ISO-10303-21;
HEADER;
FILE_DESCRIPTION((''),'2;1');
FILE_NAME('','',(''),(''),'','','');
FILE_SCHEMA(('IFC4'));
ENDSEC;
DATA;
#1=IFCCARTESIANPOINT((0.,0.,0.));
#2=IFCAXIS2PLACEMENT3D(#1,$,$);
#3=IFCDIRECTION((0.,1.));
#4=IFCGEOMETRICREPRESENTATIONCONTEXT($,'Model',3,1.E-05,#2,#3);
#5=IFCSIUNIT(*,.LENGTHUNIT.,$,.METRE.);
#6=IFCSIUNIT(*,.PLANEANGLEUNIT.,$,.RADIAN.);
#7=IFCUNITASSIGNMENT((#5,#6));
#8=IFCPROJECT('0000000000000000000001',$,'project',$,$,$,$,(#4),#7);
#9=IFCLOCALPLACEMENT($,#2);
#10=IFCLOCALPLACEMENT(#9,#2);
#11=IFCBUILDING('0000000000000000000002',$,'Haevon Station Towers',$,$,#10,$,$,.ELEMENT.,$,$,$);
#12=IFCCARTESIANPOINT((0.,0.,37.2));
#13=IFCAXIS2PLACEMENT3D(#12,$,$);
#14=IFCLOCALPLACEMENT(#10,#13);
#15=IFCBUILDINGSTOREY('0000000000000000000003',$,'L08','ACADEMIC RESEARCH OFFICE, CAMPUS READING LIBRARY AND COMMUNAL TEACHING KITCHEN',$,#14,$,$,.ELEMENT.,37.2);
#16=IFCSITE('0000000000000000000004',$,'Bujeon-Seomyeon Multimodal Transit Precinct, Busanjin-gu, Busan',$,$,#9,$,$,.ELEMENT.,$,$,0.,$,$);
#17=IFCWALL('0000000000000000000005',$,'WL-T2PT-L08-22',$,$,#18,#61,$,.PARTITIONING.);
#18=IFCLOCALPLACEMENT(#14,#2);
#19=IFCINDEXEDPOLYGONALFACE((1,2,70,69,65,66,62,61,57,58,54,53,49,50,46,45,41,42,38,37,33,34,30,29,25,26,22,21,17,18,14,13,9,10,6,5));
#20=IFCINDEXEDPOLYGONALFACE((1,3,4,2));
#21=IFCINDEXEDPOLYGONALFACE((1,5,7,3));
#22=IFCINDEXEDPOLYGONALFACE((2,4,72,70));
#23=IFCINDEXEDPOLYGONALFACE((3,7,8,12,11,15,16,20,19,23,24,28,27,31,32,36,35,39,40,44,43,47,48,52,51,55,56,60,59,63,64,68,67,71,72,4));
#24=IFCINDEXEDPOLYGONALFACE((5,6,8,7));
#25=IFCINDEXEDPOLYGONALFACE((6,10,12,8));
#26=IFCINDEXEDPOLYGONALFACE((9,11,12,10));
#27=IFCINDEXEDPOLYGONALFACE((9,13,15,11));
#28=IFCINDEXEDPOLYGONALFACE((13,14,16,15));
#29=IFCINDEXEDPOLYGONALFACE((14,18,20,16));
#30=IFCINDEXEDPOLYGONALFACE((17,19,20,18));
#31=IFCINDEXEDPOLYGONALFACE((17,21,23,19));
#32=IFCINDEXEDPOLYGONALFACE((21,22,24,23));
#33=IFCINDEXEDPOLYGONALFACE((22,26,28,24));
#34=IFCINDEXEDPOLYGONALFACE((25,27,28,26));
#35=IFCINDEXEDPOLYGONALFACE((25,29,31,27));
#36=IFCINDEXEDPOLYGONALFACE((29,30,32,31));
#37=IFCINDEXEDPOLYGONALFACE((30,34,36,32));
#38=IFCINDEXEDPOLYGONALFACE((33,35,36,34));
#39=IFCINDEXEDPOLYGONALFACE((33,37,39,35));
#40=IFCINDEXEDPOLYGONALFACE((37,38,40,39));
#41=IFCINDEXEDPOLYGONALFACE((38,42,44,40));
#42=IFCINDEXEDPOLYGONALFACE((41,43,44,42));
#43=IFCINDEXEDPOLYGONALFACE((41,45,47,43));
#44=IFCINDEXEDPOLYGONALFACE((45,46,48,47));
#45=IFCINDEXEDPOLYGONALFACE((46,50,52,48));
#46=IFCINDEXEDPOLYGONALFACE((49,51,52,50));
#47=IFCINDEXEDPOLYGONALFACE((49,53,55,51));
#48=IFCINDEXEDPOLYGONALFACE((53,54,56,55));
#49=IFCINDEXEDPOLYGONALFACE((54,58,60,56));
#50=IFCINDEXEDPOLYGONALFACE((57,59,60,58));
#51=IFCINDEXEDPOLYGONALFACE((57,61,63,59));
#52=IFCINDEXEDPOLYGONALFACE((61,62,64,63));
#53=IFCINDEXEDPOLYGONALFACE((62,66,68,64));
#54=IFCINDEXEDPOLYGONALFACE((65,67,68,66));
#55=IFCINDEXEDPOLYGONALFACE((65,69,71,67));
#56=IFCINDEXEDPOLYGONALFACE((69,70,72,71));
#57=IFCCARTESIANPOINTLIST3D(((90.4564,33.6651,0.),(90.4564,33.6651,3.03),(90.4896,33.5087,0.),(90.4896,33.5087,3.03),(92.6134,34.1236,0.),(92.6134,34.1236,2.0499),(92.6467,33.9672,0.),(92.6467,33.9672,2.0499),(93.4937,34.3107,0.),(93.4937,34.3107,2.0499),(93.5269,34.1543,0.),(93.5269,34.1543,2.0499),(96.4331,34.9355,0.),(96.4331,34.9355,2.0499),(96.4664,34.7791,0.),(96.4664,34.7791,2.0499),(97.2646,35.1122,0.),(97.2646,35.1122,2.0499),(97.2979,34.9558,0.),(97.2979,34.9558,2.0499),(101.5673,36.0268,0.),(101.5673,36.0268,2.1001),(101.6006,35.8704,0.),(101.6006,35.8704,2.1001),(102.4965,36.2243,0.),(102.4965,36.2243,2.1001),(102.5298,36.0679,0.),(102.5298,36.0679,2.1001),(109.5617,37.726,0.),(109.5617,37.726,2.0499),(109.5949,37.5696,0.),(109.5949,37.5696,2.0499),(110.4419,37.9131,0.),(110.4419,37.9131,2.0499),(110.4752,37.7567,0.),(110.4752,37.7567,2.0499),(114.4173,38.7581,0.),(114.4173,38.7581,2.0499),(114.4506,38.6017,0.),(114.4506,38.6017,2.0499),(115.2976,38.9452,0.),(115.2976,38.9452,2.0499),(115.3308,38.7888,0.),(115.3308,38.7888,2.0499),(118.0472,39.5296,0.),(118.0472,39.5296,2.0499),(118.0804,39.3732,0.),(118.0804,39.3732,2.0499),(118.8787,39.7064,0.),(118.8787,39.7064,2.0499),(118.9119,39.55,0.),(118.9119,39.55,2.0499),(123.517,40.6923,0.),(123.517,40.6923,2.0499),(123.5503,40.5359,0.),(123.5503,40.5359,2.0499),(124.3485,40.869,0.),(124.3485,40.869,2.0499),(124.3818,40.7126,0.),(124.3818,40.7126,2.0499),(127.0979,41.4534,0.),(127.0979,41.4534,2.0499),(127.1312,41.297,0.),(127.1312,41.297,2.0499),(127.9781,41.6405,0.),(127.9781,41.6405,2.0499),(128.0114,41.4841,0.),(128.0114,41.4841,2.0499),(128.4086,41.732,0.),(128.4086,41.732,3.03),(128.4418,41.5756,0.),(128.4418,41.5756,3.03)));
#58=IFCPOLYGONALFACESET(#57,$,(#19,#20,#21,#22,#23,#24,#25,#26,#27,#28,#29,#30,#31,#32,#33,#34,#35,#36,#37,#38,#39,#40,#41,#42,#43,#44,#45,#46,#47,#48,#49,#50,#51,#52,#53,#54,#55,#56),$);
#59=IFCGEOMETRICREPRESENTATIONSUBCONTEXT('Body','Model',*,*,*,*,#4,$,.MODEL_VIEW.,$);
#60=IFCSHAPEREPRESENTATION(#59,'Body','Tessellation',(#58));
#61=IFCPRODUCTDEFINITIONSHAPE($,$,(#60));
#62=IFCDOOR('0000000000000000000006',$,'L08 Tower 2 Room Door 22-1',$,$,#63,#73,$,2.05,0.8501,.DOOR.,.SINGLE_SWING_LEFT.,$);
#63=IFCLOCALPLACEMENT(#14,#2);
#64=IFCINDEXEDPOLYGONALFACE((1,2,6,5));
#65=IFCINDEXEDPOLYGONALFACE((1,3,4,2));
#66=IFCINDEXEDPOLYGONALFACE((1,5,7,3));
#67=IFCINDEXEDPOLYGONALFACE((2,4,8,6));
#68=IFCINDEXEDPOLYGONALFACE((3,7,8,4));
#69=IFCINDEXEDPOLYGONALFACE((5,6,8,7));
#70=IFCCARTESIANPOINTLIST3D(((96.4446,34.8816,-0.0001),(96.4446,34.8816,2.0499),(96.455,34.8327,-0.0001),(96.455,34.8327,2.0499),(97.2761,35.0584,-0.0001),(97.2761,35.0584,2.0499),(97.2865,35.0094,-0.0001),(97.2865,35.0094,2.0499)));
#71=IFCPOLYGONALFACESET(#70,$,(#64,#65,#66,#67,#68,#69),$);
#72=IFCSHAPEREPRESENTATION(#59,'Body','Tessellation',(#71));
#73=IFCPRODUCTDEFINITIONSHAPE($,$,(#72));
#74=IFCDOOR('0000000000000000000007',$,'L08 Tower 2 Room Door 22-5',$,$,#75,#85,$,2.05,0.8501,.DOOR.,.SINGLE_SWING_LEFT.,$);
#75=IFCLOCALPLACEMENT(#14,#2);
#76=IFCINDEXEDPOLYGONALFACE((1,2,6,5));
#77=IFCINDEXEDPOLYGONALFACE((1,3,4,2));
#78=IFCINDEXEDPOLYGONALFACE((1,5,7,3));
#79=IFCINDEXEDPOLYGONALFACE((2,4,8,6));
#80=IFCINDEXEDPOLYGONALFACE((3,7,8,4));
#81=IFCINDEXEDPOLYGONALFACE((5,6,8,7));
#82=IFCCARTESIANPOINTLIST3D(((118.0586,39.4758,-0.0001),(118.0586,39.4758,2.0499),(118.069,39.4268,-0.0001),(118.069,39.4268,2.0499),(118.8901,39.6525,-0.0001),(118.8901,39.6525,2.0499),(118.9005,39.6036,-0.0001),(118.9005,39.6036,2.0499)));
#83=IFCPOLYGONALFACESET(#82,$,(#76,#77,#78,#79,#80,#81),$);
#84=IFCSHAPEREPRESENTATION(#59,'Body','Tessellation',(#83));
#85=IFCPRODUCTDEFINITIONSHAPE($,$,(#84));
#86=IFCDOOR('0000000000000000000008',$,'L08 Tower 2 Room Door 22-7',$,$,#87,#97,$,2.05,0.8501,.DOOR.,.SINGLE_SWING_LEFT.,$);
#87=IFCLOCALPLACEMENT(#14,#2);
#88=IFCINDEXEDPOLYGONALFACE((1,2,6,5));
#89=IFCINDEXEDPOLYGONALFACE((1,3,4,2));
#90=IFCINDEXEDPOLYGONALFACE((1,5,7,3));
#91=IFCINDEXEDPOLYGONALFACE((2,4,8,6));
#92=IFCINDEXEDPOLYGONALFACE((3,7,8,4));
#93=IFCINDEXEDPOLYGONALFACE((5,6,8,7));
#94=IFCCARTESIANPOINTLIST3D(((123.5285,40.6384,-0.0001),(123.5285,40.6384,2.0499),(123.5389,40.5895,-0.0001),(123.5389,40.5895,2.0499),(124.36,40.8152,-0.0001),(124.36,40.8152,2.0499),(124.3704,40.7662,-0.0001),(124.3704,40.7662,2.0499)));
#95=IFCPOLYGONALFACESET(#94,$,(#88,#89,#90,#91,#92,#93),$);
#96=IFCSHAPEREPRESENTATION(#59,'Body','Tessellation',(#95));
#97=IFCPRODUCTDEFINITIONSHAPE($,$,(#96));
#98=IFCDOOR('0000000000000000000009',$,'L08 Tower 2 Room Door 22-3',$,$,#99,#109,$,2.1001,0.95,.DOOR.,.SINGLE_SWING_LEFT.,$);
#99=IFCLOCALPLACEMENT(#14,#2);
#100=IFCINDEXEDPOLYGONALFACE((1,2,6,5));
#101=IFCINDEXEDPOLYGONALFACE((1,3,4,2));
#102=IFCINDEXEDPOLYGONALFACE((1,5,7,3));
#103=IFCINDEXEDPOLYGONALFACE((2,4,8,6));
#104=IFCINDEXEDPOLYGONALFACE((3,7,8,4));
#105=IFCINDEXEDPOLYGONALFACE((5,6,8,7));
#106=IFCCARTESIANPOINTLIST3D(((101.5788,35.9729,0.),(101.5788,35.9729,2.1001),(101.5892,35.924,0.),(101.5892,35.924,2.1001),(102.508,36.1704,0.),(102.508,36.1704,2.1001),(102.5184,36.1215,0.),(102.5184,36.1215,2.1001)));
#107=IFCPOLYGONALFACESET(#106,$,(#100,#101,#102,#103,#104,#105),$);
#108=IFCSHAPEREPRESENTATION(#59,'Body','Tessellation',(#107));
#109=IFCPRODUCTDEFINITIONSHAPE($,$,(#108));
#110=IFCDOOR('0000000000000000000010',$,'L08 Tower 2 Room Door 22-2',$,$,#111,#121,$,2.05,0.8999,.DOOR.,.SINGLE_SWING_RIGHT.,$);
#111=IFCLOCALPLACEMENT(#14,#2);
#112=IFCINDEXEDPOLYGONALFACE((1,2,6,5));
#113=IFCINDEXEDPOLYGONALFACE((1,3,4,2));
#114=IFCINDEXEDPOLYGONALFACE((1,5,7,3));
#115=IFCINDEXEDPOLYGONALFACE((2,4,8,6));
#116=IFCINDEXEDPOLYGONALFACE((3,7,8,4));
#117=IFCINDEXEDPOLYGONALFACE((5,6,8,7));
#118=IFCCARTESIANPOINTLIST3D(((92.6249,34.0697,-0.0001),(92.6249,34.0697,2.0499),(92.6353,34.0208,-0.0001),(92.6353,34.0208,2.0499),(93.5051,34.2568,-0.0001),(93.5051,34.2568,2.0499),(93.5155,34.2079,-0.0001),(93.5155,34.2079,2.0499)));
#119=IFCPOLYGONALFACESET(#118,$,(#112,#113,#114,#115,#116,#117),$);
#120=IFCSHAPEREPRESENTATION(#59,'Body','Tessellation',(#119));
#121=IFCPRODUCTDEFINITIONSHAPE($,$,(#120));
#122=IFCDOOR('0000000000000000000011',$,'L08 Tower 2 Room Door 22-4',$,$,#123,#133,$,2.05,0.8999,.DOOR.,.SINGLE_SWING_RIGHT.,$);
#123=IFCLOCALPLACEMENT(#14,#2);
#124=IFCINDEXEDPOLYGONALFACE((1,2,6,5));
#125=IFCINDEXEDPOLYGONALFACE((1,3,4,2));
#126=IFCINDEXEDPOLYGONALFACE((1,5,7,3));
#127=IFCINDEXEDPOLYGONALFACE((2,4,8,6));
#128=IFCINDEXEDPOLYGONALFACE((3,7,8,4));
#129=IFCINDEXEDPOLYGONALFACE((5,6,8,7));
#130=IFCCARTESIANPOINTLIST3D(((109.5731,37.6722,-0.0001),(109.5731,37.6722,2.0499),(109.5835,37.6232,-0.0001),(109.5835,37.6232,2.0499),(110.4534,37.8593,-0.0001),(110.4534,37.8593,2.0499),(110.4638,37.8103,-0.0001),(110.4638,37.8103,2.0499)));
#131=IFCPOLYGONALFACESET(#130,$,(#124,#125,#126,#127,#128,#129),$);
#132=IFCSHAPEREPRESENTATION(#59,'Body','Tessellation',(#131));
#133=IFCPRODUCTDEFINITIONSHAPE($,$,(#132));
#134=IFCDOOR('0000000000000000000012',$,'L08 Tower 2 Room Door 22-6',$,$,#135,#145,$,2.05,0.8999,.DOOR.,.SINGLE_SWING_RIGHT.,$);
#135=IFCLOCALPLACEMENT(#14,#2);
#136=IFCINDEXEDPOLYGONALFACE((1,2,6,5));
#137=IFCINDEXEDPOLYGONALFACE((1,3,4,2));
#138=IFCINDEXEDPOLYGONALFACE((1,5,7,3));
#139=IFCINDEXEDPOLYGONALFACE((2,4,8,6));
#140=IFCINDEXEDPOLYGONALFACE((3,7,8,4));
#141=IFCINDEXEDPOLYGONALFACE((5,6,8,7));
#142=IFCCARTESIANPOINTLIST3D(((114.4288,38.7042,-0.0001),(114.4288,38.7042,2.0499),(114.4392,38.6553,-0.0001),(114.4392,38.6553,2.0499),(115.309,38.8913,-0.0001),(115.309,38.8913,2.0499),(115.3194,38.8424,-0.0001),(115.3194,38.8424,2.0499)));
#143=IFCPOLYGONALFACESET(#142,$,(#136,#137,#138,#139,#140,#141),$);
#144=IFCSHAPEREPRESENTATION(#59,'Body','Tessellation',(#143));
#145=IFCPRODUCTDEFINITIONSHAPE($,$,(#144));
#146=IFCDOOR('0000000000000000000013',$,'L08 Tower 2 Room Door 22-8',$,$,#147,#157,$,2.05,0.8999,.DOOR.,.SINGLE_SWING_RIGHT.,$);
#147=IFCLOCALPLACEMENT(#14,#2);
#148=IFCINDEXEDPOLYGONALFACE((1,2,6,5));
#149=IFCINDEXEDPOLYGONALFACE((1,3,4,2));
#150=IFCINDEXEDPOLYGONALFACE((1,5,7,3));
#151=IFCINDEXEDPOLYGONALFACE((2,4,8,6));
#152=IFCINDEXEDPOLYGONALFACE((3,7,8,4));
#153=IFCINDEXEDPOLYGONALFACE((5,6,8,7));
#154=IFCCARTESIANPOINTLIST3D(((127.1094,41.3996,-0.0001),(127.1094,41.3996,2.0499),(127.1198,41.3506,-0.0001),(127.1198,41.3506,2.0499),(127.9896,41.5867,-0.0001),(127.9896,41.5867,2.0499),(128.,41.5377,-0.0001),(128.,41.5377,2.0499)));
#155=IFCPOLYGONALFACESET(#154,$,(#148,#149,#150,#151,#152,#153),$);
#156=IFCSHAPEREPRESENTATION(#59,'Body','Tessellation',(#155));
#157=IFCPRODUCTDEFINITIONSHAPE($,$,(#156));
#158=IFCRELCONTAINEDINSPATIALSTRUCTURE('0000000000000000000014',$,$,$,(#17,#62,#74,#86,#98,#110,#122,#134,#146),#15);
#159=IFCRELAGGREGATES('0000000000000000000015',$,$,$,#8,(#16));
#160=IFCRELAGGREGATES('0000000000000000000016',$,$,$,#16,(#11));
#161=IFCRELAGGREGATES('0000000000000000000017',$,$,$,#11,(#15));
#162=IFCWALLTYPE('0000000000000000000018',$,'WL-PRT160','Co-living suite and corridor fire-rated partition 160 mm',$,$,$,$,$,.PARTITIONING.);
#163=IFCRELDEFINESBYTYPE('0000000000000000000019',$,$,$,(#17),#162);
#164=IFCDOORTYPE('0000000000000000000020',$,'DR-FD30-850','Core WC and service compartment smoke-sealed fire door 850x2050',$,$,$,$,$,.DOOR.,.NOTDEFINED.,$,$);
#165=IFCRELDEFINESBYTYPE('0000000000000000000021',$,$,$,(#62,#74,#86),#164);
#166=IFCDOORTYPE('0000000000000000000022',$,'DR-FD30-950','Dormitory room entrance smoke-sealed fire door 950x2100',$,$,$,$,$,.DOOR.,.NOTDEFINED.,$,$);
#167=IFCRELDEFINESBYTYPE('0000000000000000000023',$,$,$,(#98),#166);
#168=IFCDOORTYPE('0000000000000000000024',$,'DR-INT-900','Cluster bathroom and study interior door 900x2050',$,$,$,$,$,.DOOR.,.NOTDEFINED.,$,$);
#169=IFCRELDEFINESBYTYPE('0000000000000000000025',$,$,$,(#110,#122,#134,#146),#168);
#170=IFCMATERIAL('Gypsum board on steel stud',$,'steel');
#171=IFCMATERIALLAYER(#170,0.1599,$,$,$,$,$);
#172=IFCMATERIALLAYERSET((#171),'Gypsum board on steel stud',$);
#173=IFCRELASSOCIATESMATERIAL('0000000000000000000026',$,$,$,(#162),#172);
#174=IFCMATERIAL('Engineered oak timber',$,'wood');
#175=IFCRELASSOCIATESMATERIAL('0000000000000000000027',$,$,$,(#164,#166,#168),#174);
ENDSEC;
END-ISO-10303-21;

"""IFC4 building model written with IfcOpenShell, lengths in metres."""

from ifc_helpers import new_model, si_unit, direction, frame, frame_2d, origin, place, context, subcontext, project, spatial, rectangle, extrude, material, layer, layer_set, type_object, element, fill, save


model = new_model("IFC4")

# Units and contexts
model_context = context("Model", 3, precision=1e-05, world=origin(), true_north=direction((0.0, 1.0)))
body_context = subcontext(model_context, "Body", "Model", "MODEL_VIEW")
ifc_project = project(units=[si_unit("LENGTHUNIT", "METRE"), si_unit("PLANEANGLEUNIT", "RADIAN")], contexts=[model_context])

# Site, building, storey
site_placement = place(None, origin())
site = spatial("IfcSite", under=ifc_project, at=site_placement, Name="Bujeon-Seomyeon Multimodal Transit Precinct, Busanjin-gu, Busan", CompositionType="ELEMENT", RefElevation=0.0)
building_placement = place(site_placement, origin())
building = spatial("IfcBuilding", under=site, at=building_placement, Name="Haevon Station Towers", CompositionType="ELEMENT")
storey_placement = place(building_placement, frame((0.0, 0.0, 37.2)))
storey = spatial("IfcBuildingStorey", under=building, at=storey_placement, Name="L08", Description="ACADEMIC RESEARCH OFFICE, CAMPUS READING LIBRARY AND COMMUNAL TEACHING KITCHEN", CompositionType="ELEMENT", Elevation=37.2)

# Shared definitions
ifc_material_1 = material(Name="Gypsum board on steel stud", Category="steel")
ifc_layer_1 = layer(ifc_material_1, 0.1599)
ifc_layer_set_1 = layer_set([ifc_layer_1], Name="Gypsum board on steel stud")
wall_type_1 = type_object("IfcWallType", Name="WL-PRT160", Description="Co-living suite and corridor fire-rated partition 160 mm", PredefinedType="PARTITIONING", material=ifc_layer_set_1)

# Wall, openings, doors
wall_1_placement = place(storey_placement, frame((90.4731, 33.5869, 0.0), z_axis=(0.0, 0.0, 1.0), x_axis=(0.978148, 0.20791, 0.0)))
wall_1 = element("IfcWall", 1, at=wall_1_placement, inside=storey, type_object=wall_type_1, Name="WL-T2PT-L08-22", PredefinedType="PARTITIONING", context=body_context, shape_type="SweptSolid", body=[
    extrude(rectangle(XDim=38.8, YDim=0.1599, at=frame_2d((19.3999, 0.0))), origin(), (0.0, 0.0, 1.0), 3.03),
])
opening_1_placement = place(wall_1_placement, frame((6.1101, 0.0, 0.0)))
opening_1 = element("IfcOpeningElement", 2, at=opening_1_placement, cuts=wall_1, PredefinedType="OPENING", context=body_context, shape_type="SweptSolid", body=[
    extrude(rectangle(XDim=0.8501, YDim=2.05, at=frame_2d((0.425, 1.0249))), frame((0.0, 0.0898, 0.0), z_axis=(0.0, -1.0, 0.0), x_axis=(1.0, 0.0, 0.0)), (0.0, 0.0, 1.0), 0.1799),
])
opening_2_placement = place(wall_1_placement, frame((2.2051, 0.0, 0.0)))
opening_2 = element("IfcOpeningElement", 3, at=opening_2_placement, cuts=wall_1, PredefinedType="OPENING", context=body_context, shape_type="SweptSolid", body=[
    extrude(rectangle(XDim=0.8999, YDim=2.05, at=frame_2d((0.45, 1.0249))), frame((0.0, 0.0898, 0.0), z_axis=(0.0, -1.0, 0.0), x_axis=(1.0, 0.0, 0.0)), (0.0, 0.0, 1.0), 0.1799),
])
opening_3_placement = place(wall_1_placement, frame((11.3589, 0.0, 0.0)))
opening_3 = element("IfcOpeningElement", 4, at=opening_3_placement, cuts=wall_1, PredefinedType="OPENING", context=body_context, shape_type="SweptSolid", body=[
    extrude(rectangle(XDim=0.95, YDim=2.1001, at=frame_2d((0.4751, 1.05))), frame((0.0, 0.0898, 0.0), z_axis=(0.0, -1.0, 0.0), x_axis=(1.0, 0.0, 0.0)), (0.0, 0.0, 1.0), 0.1799),
])
opening_4_placement = place(wall_1_placement, frame((19.532, 0.0, 0.0)))
opening_4 = element("IfcOpeningElement", 5, at=opening_4_placement, cuts=wall_1, PredefinedType="OPENING", context=body_context, shape_type="SweptSolid", body=[
    extrude(rectangle(XDim=0.8999, YDim=2.05, at=frame_2d((0.45, 1.0249))), frame((0.0, 0.0898, 0.0), z_axis=(0.0, -1.0, 0.0), x_axis=(1.0, 0.0, 0.0)), (0.0, 0.0, 1.0), 0.1799),
])
opening_5_placement = place(wall_1_placement, frame((28.207, 0.0, 0.0)))
opening_5 = element("IfcOpeningElement", 6, at=opening_5_placement, cuts=wall_1, PredefinedType="OPENING", context=body_context, shape_type="SweptSolid", body=[
    extrude(rectangle(XDim=0.8501, YDim=2.05, at=frame_2d((0.425, 1.0249))), frame((0.0, 0.0898, 0.0), z_axis=(0.0, -1.0, 0.0), x_axis=(1.0, 0.0, 0.0)), (0.0, 0.0, 1.0), 0.1799),
])
opening_6_placement = place(wall_1_placement, frame((24.4961, 0.0, 0.0)))
opening_6 = element("IfcOpeningElement", 7, at=opening_6_placement, cuts=wall_1, PredefinedType="OPENING", context=body_context, shape_type="SweptSolid", body=[
    extrude(rectangle(XDim=0.8999, YDim=2.05, at=frame_2d((0.45, 1.0249))), frame((0.0, 0.0898, 0.0), z_axis=(0.0, -1.0, 0.0), x_axis=(1.0, 0.0, 0.0)), (0.0, 0.0, 1.0), 0.1799),
])
opening_7_placement = place(wall_1_placement, frame((33.7991, 0.0, 0.0)))
opening_7 = element("IfcOpeningElement", 8, at=opening_7_placement, cuts=wall_1, PredefinedType="OPENING", context=body_context, shape_type="SweptSolid", body=[
    extrude(rectangle(XDim=0.8501, YDim=2.05, at=frame_2d((0.425, 1.0249))), frame((0.0, 0.0898, 0.0), z_axis=(0.0, -1.0, 0.0), x_axis=(1.0, 0.0, 0.0)), (0.0, 0.0, 1.0), 0.1799),
])
opening_8_placement = place(wall_1_placement, frame((37.46, 0.0, 0.0)))
opening_8 = element("IfcOpeningElement", 9, at=opening_8_placement, cuts=wall_1, PredefinedType="OPENING", context=body_context, shape_type="SweptSolid", body=[
    extrude(rectangle(XDim=0.8999, YDim=2.05, at=frame_2d((0.45, 1.0249))), frame((0.0, 0.0898, 0.0), z_axis=(0.0, -1.0, 0.0), x_axis=(1.0, 0.0, 0.0)), (0.0, 0.0, 1.0), 0.1799),
])
ifc_material_2 = material(Name="Engineered oak timber", Category="wood")
door_type_1 = type_object("IfcDoorType", Name="DR-FD30-850", Description="Core WC and service compartment smoke-sealed fire door 850x2050", OperationType="NOTDEFINED", PredefinedType="DOOR", material=ifc_material_2)
door_1_placement = place(opening_1_placement, origin())
door_1 = element("IfcDoor", 10, at=door_1_placement, inside=storey, type_object=door_type_1, Name="L08 Tower 2 Room Door 22-1", OperationType="SINGLE_SWING_LEFT", OverallHeight=2.05, OverallWidth=0.8501, PredefinedType="DOOR", context=body_context, shape_type="SweptSolid", body=[
    extrude(rectangle(XDim=0.8501, YDim=2.05, at=frame_2d((0.425, 1.0249))), frame((0.0, 0.0249, 0.0), z_axis=(0.0, -1.0, 0.0), x_axis=(1.0, 0.0, 0.0)), (0.0, 0.0, 1.0), 0.05),
])
fill(opening_1, door_1)
door_2_placement = place(opening_5_placement, origin())
door_2 = element("IfcDoor", 11, at=door_2_placement, inside=storey, type_object=door_type_1, Name="L08 Tower 2 Room Door 22-5", OperationType="SINGLE_SWING_LEFT", OverallHeight=2.05, OverallWidth=0.8501, PredefinedType="DOOR", context=body_context, shape_type="SweptSolid", body=[
    extrude(rectangle(XDim=0.8501, YDim=2.05, at=frame_2d((0.425, 1.0249))), frame((0.0, 0.0249, 0.0), z_axis=(0.0, -1.0, 0.0), x_axis=(1.0, 0.0, 0.0)), (0.0, 0.0, 1.0), 0.05),
])
fill(opening_5, door_2)
door_3_placement = place(opening_7_placement, origin())
door_3 = element("IfcDoor", 12, at=door_3_placement, inside=storey, type_object=door_type_1, Name="L08 Tower 2 Room Door 22-7", OperationType="SINGLE_SWING_LEFT", OverallHeight=2.05, OverallWidth=0.8501, PredefinedType="DOOR", context=body_context, shape_type="SweptSolid", body=[
    extrude(rectangle(XDim=0.8501, YDim=2.05, at=frame_2d((0.425, 1.0249))), frame((0.0, 0.0249, 0.0), z_axis=(0.0, -1.0, 0.0), x_axis=(1.0, 0.0, 0.0)), (0.0, 0.0, 1.0), 0.05),
])
fill(opening_7, door_3)
door_type_2 = type_object("IfcDoorType", Name="DR-FD30-950", Description="Dormitory room entrance smoke-sealed fire door 950x2100", OperationType="NOTDEFINED", PredefinedType="DOOR", material=ifc_material_2)
door_4_placement = place(opening_3_placement, origin())
door_4 = element("IfcDoor", 13, at=door_4_placement, inside=storey, type_object=door_type_2, Name="L08 Tower 2 Room Door 22-3", OperationType="SINGLE_SWING_LEFT", OverallHeight=2.1001, OverallWidth=0.95, PredefinedType="DOOR", context=body_context, shape_type="SweptSolid", body=[
    extrude(rectangle(XDim=0.95, YDim=2.1001, at=frame_2d((0.4751, 1.05))), frame((0.0, 0.0249, 0.0), z_axis=(0.0, -1.0, 0.0), x_axis=(1.0, 0.0, 0.0)), (0.0, 0.0, 1.0), 0.05),
])
fill(opening_3, door_4)
door_type_3 = type_object("IfcDoorType", Name="DR-INT-900", Description="Cluster bathroom and study interior door 900x2050", OperationType="NOTDEFINED", PredefinedType="DOOR", material=ifc_material_2)
door_5_placement = place(opening_2_placement, origin())
door_5 = element("IfcDoor", 14, at=door_5_placement, inside=storey, type_object=door_type_3, Name="L08 Tower 2 Room Door 22-2", OperationType="SINGLE_SWING_RIGHT", OverallHeight=2.05, OverallWidth=0.8999, PredefinedType="DOOR", context=body_context, shape_type="SweptSolid", body=[
    extrude(rectangle(XDim=0.8999, YDim=2.05, at=frame_2d((0.45, 1.0249))), frame((0.0, 0.0249, 0.0), z_axis=(0.0, -1.0, 0.0), x_axis=(1.0, 0.0, 0.0)), (0.0, 0.0, 1.0), 0.05),
])
fill(opening_2, door_5)
door_6_placement = place(opening_4_placement, origin())
door_6 = element("IfcDoor", 15, at=door_6_placement, inside=storey, type_object=door_type_3, Name="L08 Tower 2 Room Door 22-4", OperationType="SINGLE_SWING_RIGHT", OverallHeight=2.05, OverallWidth=0.8999, PredefinedType="DOOR", context=body_context, shape_type="SweptSolid", body=[
    extrude(rectangle(XDim=0.8999, YDim=2.05, at=frame_2d((0.45, 1.0249))), frame((0.0, 0.0249, 0.0), z_axis=(0.0, -1.0, 0.0), x_axis=(1.0, 0.0, 0.0)), (0.0, 0.0, 1.0), 0.05),
])
fill(opening_4, door_6)
door_7_placement = place(opening_6_placement, origin())
door_7 = element("IfcDoor", 16, at=door_7_placement, inside=storey, type_object=door_type_3, Name="L08 Tower 2 Room Door 22-6", OperationType="SINGLE_SWING_RIGHT", OverallHeight=2.05, OverallWidth=0.8999, PredefinedType="DOOR", context=body_context, shape_type="SweptSolid", body=[
    extrude(rectangle(XDim=0.8999, YDim=2.05, at=frame_2d((0.45, 1.0249))), frame((0.0, 0.0249, 0.0), z_axis=(0.0, -1.0, 0.0), x_axis=(1.0, 0.0, 0.0)), (0.0, 0.0, 1.0), 0.05),
])
fill(opening_6, door_7)
door_8_placement = place(opening_8_placement, origin())
door_8 = element("IfcDoor", 17, at=door_8_placement, inside=storey, type_object=door_type_3, Name="L08 Tower 2 Room Door 22-8", OperationType="SINGLE_SWING_RIGHT", OverallHeight=2.05, OverallWidth=0.8999, PredefinedType="DOOR", context=body_context, shape_type="SweptSolid", body=[
    extrude(rectangle(XDim=0.8999, YDim=2.05, at=frame_2d((0.45, 1.0249))), frame((0.0, 0.0249, 0.0), z_axis=(0.0, -1.0, 0.0), x_axis=(1.0, 0.0, 0.0)), (0.0, 0.0, 1.0), 0.05),
])
fill(opening_8, door_8)

save(model, "model.ifc")
